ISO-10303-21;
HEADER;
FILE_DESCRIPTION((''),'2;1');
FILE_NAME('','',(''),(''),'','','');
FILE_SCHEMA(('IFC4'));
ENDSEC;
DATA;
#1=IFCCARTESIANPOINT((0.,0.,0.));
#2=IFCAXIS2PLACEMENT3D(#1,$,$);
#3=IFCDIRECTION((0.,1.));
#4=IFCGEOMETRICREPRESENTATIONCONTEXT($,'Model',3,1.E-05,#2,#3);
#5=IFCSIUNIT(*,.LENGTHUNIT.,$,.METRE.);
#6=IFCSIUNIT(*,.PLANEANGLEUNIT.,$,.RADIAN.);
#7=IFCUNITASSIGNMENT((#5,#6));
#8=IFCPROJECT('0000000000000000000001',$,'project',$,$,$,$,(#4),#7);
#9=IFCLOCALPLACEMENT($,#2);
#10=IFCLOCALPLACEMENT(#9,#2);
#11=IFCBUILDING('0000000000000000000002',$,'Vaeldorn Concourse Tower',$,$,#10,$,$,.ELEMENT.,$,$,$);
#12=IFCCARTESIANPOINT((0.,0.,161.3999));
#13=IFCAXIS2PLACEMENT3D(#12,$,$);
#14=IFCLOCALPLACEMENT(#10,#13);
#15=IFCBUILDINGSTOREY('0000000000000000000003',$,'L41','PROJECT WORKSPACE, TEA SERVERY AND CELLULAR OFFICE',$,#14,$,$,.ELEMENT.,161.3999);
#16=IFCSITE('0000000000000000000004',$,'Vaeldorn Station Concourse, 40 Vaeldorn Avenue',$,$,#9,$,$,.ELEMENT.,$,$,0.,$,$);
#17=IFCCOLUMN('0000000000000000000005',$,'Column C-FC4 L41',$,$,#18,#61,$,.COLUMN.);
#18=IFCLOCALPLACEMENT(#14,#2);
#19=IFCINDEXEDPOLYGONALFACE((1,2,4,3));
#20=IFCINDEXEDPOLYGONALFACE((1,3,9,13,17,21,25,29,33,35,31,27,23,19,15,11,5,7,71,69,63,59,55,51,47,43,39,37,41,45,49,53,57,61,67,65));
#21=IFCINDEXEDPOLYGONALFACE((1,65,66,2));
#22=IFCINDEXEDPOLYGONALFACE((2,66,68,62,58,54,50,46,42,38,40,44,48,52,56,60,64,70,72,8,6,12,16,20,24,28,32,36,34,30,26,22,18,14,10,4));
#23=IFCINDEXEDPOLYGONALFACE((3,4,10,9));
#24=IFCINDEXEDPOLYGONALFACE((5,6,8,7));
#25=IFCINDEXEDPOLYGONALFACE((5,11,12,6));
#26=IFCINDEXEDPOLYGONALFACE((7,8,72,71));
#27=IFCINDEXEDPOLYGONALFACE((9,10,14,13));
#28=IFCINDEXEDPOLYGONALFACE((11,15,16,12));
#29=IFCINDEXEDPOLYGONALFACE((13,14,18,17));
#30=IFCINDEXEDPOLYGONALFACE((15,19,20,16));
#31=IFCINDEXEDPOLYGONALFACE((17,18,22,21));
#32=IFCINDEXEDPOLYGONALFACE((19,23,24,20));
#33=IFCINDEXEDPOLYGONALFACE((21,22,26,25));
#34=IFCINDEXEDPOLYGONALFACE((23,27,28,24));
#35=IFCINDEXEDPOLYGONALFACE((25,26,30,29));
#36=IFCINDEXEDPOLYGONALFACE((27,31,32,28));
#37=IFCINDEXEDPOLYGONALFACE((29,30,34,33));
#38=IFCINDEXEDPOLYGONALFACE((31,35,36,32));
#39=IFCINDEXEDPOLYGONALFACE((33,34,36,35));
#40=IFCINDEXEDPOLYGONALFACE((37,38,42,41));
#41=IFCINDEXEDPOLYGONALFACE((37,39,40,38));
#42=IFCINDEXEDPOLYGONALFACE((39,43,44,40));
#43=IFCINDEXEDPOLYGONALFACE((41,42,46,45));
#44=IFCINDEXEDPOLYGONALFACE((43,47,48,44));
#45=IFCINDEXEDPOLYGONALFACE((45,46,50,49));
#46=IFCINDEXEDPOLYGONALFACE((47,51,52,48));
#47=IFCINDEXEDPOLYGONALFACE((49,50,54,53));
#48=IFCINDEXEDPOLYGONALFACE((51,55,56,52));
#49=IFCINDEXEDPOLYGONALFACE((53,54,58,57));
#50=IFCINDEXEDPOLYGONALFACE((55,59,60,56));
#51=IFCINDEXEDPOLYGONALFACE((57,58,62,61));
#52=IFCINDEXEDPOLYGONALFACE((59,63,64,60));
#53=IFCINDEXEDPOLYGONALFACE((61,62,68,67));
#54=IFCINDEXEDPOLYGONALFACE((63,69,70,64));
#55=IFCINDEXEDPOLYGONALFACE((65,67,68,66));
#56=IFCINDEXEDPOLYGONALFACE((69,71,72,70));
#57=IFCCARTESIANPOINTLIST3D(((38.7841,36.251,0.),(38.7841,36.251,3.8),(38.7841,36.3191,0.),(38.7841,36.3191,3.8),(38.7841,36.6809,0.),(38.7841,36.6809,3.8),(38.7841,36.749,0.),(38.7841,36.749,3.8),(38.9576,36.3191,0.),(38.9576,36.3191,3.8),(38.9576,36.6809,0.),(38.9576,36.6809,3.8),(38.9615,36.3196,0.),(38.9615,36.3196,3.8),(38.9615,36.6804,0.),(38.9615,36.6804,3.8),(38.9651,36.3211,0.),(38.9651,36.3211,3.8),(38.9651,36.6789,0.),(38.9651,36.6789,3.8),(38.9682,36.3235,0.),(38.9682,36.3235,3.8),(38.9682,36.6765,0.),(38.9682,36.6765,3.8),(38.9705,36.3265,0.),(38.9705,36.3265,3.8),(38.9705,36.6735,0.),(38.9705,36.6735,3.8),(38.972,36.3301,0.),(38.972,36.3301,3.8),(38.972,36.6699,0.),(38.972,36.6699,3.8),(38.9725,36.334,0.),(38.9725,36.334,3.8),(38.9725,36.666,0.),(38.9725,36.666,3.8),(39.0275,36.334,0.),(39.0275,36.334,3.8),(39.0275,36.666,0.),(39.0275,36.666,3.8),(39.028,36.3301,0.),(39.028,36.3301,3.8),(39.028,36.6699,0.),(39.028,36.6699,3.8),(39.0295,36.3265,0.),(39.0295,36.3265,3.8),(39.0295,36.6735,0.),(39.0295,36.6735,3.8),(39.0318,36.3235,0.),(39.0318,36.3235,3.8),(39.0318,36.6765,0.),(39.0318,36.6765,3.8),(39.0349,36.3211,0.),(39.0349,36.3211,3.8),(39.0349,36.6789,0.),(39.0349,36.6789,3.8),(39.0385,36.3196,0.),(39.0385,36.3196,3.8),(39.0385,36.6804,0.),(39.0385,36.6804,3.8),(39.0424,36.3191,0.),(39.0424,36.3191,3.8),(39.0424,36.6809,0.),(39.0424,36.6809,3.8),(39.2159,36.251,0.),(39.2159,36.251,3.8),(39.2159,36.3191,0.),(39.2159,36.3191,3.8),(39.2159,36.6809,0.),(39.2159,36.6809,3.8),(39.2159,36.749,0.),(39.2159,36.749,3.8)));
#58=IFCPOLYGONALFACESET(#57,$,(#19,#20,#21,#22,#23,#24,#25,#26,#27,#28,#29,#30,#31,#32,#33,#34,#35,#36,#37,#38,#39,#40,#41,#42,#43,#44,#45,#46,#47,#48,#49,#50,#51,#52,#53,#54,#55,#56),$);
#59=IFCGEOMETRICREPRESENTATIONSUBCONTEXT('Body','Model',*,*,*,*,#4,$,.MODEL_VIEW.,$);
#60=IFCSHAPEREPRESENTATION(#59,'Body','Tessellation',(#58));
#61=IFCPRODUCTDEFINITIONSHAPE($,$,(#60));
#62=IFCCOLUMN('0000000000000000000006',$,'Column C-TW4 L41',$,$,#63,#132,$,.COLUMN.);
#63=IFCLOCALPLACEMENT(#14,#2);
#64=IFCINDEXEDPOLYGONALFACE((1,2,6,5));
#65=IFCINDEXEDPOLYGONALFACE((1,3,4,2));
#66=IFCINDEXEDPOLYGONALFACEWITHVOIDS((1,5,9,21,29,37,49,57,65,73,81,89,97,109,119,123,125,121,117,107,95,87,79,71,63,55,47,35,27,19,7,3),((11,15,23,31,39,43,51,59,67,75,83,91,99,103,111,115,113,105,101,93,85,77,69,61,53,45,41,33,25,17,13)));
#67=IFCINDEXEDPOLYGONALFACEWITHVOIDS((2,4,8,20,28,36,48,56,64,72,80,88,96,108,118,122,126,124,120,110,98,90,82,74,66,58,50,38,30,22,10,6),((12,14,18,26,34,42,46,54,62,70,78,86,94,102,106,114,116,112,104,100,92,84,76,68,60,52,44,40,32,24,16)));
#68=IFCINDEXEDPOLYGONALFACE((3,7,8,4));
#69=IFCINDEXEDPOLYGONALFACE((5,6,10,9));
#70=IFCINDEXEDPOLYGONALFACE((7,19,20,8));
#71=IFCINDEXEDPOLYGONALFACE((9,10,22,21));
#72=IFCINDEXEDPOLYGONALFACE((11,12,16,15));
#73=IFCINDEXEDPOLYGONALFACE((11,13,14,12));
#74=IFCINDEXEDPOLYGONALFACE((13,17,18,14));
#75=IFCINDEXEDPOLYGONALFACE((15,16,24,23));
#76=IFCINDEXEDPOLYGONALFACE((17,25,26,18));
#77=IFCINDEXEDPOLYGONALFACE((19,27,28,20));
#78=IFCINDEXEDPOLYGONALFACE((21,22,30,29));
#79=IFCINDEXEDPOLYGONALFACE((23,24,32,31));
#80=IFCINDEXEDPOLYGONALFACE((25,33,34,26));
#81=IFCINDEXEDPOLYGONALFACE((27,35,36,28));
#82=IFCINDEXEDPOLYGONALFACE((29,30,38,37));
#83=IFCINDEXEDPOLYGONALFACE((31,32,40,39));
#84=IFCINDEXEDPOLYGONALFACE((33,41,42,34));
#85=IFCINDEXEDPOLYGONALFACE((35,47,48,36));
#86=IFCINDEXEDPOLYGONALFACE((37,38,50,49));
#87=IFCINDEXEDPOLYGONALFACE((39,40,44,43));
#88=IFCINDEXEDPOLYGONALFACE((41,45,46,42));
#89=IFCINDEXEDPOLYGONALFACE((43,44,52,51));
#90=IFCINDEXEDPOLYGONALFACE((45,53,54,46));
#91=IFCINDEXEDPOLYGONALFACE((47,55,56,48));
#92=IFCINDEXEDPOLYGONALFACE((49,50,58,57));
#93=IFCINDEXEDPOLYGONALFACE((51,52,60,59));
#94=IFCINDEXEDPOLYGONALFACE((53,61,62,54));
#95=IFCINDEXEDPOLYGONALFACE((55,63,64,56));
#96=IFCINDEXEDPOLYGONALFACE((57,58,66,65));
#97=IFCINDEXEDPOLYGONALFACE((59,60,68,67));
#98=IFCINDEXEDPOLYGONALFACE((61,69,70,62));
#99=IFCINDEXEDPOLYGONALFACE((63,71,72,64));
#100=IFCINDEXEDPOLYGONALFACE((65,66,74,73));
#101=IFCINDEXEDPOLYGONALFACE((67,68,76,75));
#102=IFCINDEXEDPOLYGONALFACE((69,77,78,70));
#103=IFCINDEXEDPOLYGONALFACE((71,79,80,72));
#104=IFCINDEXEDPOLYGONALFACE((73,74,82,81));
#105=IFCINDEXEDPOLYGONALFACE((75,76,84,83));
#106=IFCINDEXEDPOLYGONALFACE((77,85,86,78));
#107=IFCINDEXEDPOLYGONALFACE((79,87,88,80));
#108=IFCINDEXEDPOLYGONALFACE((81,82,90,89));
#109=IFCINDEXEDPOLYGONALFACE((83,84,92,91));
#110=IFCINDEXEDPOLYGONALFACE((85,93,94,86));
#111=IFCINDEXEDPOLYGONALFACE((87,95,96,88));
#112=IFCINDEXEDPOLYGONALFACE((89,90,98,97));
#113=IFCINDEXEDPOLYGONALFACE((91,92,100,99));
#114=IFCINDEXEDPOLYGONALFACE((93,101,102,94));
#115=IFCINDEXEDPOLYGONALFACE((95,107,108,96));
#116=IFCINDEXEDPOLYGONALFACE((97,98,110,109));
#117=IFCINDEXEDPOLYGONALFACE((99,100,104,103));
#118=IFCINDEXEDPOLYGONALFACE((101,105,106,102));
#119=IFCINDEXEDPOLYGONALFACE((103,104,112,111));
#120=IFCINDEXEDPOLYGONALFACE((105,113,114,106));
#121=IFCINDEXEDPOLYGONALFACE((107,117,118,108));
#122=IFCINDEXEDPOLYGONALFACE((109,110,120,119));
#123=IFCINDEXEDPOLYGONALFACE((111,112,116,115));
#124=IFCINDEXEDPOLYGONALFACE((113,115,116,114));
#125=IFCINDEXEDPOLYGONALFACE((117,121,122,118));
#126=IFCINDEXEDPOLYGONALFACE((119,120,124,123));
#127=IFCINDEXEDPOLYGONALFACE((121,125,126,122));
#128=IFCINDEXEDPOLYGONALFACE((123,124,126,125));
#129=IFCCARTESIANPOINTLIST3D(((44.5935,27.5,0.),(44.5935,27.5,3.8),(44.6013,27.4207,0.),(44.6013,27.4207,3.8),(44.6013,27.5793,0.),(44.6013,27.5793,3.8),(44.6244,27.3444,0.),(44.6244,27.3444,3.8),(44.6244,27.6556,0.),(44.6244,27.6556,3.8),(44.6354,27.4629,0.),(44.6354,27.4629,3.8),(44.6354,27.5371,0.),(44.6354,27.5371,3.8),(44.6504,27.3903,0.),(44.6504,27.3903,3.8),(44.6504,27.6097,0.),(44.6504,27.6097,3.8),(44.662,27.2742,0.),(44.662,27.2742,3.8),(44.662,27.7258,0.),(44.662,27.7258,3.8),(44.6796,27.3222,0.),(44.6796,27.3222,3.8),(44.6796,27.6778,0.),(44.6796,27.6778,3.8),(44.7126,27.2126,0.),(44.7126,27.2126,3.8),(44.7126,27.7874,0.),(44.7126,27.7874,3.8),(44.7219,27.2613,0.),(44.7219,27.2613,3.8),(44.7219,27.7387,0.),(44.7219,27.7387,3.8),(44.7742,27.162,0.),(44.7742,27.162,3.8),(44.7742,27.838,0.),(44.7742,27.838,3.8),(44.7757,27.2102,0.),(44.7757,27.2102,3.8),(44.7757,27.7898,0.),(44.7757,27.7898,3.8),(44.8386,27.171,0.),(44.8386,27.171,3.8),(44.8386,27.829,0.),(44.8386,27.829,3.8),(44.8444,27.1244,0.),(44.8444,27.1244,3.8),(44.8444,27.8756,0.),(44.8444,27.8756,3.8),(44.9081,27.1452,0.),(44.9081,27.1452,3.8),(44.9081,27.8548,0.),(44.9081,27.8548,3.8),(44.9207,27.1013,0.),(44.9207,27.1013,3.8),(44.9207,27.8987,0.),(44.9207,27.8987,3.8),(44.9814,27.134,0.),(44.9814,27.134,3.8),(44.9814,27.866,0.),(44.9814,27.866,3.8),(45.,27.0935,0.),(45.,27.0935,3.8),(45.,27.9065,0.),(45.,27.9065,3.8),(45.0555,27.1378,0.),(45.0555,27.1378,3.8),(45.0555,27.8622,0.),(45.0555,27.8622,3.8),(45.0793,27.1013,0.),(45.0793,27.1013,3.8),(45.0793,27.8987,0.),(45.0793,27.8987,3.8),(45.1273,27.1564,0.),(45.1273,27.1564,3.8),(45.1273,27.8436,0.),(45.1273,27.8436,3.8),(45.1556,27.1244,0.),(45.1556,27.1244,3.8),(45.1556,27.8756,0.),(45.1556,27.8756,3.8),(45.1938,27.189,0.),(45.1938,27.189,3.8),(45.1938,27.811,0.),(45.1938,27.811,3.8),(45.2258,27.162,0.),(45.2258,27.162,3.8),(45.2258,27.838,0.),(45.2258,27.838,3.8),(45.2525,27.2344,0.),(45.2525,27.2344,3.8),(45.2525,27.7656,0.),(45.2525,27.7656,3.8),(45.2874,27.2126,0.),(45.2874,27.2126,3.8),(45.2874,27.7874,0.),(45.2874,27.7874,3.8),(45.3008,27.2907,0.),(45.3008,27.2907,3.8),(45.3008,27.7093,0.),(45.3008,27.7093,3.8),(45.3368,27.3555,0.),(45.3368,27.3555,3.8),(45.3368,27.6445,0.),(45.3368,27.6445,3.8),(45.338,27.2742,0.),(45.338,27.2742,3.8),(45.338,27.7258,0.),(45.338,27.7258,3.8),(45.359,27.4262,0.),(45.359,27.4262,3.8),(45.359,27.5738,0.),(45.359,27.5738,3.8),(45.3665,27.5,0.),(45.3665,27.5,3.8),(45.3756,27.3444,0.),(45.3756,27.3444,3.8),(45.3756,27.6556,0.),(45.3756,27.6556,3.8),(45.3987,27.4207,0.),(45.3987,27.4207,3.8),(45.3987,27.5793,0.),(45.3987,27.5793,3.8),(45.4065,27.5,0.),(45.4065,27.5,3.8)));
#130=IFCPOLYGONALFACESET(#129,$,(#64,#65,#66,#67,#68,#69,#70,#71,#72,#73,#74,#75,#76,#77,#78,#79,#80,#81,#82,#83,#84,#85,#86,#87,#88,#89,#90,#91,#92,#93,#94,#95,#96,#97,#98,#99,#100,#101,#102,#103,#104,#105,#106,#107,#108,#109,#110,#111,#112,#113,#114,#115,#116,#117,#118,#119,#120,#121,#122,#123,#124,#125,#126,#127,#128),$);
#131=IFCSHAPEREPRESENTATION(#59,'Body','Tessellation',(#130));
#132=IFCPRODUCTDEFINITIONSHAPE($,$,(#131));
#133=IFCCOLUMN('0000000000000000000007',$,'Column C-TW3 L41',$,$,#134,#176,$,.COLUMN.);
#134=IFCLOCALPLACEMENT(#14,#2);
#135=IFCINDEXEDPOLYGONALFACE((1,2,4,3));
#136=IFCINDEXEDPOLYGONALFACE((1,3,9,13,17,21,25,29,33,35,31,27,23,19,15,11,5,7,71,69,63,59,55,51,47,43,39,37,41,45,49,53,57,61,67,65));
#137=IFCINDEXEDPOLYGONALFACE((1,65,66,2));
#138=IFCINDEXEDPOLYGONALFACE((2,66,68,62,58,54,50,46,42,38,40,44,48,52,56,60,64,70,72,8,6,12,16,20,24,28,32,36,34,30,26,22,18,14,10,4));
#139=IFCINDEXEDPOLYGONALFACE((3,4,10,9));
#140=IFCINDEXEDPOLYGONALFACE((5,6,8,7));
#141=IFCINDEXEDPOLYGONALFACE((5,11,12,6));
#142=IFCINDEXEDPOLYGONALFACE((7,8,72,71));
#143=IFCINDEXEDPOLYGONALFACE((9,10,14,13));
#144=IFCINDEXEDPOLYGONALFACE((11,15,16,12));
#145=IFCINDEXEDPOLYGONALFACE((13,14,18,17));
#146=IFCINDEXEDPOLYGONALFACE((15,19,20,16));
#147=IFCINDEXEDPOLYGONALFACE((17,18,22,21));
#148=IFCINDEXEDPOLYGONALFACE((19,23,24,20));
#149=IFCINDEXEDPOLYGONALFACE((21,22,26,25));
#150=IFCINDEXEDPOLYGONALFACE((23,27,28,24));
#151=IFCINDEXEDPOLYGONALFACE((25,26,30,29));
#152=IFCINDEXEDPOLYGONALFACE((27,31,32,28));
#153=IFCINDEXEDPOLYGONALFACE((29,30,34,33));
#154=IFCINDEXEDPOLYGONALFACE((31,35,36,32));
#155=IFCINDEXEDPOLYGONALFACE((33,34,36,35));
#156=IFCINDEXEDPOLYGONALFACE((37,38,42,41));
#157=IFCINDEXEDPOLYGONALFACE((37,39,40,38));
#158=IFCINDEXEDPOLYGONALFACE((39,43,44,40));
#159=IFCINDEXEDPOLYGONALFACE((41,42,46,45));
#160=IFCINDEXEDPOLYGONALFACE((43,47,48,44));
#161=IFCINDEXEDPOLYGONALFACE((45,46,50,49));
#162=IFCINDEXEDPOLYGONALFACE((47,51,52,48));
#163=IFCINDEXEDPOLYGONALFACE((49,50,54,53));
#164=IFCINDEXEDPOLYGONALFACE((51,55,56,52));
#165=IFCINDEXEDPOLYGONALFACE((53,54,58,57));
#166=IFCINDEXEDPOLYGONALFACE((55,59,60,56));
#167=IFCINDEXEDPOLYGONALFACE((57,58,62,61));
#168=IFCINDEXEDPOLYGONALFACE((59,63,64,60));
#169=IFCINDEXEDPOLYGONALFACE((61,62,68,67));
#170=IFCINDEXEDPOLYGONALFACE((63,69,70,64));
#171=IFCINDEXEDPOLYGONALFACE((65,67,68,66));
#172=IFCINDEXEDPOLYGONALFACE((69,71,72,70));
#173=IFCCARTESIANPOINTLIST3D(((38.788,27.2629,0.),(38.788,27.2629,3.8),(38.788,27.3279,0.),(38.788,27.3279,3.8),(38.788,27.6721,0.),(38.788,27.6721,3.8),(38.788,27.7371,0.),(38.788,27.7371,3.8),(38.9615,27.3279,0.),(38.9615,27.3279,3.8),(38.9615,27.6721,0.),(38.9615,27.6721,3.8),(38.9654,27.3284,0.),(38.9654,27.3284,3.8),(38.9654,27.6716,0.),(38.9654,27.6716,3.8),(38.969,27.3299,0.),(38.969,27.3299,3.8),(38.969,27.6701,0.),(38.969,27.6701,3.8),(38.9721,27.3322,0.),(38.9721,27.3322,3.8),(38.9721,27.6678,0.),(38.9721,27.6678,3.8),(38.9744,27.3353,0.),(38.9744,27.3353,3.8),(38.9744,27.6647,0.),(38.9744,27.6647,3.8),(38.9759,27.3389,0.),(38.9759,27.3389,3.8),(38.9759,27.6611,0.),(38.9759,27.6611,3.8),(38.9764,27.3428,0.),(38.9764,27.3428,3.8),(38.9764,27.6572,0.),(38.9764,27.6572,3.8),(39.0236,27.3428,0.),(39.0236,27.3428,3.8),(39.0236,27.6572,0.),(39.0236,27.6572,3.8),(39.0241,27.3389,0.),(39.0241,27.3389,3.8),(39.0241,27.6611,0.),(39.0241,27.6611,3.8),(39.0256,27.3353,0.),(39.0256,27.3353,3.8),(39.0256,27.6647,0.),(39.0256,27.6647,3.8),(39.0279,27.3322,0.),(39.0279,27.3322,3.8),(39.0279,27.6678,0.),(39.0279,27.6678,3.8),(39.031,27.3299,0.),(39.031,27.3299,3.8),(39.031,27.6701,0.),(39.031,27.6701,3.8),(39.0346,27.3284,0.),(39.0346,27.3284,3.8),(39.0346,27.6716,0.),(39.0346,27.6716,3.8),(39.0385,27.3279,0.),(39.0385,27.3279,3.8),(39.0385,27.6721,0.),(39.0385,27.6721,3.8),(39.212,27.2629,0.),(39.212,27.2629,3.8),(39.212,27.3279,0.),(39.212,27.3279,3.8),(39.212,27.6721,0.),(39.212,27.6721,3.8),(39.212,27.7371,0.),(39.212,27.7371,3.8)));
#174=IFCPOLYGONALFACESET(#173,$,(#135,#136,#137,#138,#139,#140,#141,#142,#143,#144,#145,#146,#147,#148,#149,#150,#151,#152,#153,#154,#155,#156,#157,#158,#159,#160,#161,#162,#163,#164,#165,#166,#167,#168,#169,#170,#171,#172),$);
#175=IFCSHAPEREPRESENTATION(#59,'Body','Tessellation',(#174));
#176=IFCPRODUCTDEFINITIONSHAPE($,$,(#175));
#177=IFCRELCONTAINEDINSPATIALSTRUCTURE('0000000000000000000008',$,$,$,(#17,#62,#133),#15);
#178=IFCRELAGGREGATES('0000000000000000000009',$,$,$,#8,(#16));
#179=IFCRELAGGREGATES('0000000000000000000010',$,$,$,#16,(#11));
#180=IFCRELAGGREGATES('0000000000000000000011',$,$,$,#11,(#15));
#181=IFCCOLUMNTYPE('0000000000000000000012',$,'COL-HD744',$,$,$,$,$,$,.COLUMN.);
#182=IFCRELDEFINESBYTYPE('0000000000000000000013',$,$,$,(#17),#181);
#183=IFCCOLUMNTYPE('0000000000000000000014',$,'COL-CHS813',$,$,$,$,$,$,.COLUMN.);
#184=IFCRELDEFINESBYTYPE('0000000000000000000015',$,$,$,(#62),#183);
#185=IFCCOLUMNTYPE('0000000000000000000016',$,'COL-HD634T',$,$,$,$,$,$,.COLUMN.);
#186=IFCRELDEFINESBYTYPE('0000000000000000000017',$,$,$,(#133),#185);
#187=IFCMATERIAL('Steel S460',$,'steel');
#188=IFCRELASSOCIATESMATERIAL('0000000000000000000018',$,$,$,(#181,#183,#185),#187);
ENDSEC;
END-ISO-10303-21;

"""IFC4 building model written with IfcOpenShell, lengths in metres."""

from ifc_helpers import new_model, si_unit, direction, frame, origin, origin_2d, place, context, subcontext, project, spatial, hollow_circle, i_section, extrude, source, transform, mapped, material, material_profile, profile_set, type_object, element, save


model = new_model("IFC4")

# Units and contexts
model_context = context("Model", 3, precision=1e-05, world=origin(), true_north=direction((0.0, 1.0)))
body_context = subcontext(model_context, "Body", "Model", "MODEL_VIEW")
ifc_project = project(units=[si_unit("LENGTHUNIT", "METRE"), si_unit("PLANEANGLEUNIT", "RADIAN")], contexts=[model_context])

# Site, building, storey
site_placement = place(None, origin())
site = spatial("IfcSite", under=ifc_project, at=site_placement, Name="Vaeldorn Station Concourse, 40 Vaeldorn Avenue", CompositionType="ELEMENT", RefElevation=0.0)
building_placement = place(site_placement, origin())
building = spatial("IfcBuilding", under=site, at=building_placement, Name="Vaeldorn Concourse Tower", CompositionType="ELEMENT")
storey_placement = place(building_placement, frame((0.0, 0.0, 161.3999)))
storey = spatial("IfcBuildingStorey", under=building, at=storey_placement, Name="L41", Description="PROJECT WORKSPACE, TEA SERVERY AND CELLULAR OFFICE", CompositionType="ELEMENT", Elevation=161.3999)

# Columns
ifc_material_1 = material(Name="Steel S460", Category="steel")
ifc_material_profile_1 = material_profile(ifc_material_1, i_section(OverallWidth=0.4319, OverallDepth=0.498, WebThickness=0.0549, FlangeThickness=0.0681, FilletRadius=0.0149, at=origin_2d()), Name="HD 400x744")
ifc_profile_set_1 = profile_set([ifc_material_profile_1], Name="Steel S460")
column_type_1 = type_object("IfcColumnType", Name="COL-HD744", PredefinedType="COLUMN", material=ifc_profile_set_1)
shared_shape_1 = source(origin(), body_context, "Body", "SweptSolid", [
    extrude(i_section(OverallWidth=0.4319, OverallDepth=0.498, WebThickness=0.0549, FlangeThickness=0.0681, FilletRadius=0.0149, at=origin_2d()), origin(), (0.0, 0.0, 1.0), 3.8),
])
column_1_placement = place(storey_placement, frame((39.0, 36.5, 0.0), z_axis=(0.0, 0.0, 1.0), x_axis=(1.0, 0.0, 0.0)))
element("IfcColumn", 1, at=column_1_placement, inside=storey, type_object=column_type_1, Name="Column C-FC4 L41", PredefinedType="COLUMN", context=body_context, shape_type="MappedRepresentation", body=[
    mapped(shared_shape_1, transform((0.0, 0.0, 0.0), scale=1.0)),
])
ifc_material_profile_2 = material_profile(ifc_material_1, hollow_circle(Radius=0.4065, WallThickness=0.04, at=origin_2d()), Name="CHS 813x40")
ifc_profile_set_2 = profile_set([ifc_material_profile_2], Name="Steel S460")
column_type_2 = type_object("IfcColumnType", Name="COL-CHS813", PredefinedType="COLUMN", material=ifc_profile_set_2)
shared_shape_2 = source(origin(), body_context, "Body", "SweptSolid", [
    extrude(hollow_circle(Radius=0.4065, WallThickness=0.04, at=origin_2d()), origin(), (0.0, 0.0, 1.0), 3.8),
])
column_2_placement = place(storey_placement, frame((45.0, 27.5, 0.0), z_axis=(0.0, 0.0, 1.0), x_axis=(1.0, 0.0, 0.0)))
element("IfcColumn", 2, at=column_2_placement, inside=storey, type_object=column_type_2, Name="Column C-TW4 L41", PredefinedType="COLUMN", context=body_context, shape_type="MappedRepresentation", body=[
    mapped(shared_shape_2, transform((0.0, 0.0, 0.0), scale=1.0)),
])
ifc_material_profile_3 = material_profile(ifc_material_1, i_section(OverallWidth=0.4241, OverallDepth=0.4741, WebThickness=0.0471, FlangeThickness=0.0649, FilletRadius=0.0149, at=origin_2d()), Name="HD 400x634")
ifc_profile_set_3 = profile_set([ifc_material_profile_3], Name="Steel S460")
column_type_3 = type_object("IfcColumnType", Name="COL-HD634T", PredefinedType="COLUMN", material=ifc_profile_set_3)
shared_shape_3 = source(origin(), body_context, "Body", "SweptSolid", [
    extrude(i_section(OverallWidth=0.4241, OverallDepth=0.4741, WebThickness=0.0471, FlangeThickness=0.0649, FilletRadius=0.0149, at=origin_2d()), origin(), (0.0, 0.0, 1.0), 3.8),
])
for number, where, z_axis, x_axis, name in (
    (3, (39.0, 27.5, 0.0), (0.0, 0.0, 1.0), (1.0, 0.0, 0.0), "Column C-TW3 L41"),
):
    element("IfcColumn", number, at=place(storey_placement, frame(where, z_axis=z_axis, x_axis=x_axis)), inside=storey, type_object=column_type_3, Name=name, PredefinedType="COLUMN", context=body_context, shape_type="MappedRepresentation", body=[
        mapped(shared_shape_3, transform((0.0, 0.0, 0.0), scale=1.0)),
    ])

save(model, "model.ifc")
